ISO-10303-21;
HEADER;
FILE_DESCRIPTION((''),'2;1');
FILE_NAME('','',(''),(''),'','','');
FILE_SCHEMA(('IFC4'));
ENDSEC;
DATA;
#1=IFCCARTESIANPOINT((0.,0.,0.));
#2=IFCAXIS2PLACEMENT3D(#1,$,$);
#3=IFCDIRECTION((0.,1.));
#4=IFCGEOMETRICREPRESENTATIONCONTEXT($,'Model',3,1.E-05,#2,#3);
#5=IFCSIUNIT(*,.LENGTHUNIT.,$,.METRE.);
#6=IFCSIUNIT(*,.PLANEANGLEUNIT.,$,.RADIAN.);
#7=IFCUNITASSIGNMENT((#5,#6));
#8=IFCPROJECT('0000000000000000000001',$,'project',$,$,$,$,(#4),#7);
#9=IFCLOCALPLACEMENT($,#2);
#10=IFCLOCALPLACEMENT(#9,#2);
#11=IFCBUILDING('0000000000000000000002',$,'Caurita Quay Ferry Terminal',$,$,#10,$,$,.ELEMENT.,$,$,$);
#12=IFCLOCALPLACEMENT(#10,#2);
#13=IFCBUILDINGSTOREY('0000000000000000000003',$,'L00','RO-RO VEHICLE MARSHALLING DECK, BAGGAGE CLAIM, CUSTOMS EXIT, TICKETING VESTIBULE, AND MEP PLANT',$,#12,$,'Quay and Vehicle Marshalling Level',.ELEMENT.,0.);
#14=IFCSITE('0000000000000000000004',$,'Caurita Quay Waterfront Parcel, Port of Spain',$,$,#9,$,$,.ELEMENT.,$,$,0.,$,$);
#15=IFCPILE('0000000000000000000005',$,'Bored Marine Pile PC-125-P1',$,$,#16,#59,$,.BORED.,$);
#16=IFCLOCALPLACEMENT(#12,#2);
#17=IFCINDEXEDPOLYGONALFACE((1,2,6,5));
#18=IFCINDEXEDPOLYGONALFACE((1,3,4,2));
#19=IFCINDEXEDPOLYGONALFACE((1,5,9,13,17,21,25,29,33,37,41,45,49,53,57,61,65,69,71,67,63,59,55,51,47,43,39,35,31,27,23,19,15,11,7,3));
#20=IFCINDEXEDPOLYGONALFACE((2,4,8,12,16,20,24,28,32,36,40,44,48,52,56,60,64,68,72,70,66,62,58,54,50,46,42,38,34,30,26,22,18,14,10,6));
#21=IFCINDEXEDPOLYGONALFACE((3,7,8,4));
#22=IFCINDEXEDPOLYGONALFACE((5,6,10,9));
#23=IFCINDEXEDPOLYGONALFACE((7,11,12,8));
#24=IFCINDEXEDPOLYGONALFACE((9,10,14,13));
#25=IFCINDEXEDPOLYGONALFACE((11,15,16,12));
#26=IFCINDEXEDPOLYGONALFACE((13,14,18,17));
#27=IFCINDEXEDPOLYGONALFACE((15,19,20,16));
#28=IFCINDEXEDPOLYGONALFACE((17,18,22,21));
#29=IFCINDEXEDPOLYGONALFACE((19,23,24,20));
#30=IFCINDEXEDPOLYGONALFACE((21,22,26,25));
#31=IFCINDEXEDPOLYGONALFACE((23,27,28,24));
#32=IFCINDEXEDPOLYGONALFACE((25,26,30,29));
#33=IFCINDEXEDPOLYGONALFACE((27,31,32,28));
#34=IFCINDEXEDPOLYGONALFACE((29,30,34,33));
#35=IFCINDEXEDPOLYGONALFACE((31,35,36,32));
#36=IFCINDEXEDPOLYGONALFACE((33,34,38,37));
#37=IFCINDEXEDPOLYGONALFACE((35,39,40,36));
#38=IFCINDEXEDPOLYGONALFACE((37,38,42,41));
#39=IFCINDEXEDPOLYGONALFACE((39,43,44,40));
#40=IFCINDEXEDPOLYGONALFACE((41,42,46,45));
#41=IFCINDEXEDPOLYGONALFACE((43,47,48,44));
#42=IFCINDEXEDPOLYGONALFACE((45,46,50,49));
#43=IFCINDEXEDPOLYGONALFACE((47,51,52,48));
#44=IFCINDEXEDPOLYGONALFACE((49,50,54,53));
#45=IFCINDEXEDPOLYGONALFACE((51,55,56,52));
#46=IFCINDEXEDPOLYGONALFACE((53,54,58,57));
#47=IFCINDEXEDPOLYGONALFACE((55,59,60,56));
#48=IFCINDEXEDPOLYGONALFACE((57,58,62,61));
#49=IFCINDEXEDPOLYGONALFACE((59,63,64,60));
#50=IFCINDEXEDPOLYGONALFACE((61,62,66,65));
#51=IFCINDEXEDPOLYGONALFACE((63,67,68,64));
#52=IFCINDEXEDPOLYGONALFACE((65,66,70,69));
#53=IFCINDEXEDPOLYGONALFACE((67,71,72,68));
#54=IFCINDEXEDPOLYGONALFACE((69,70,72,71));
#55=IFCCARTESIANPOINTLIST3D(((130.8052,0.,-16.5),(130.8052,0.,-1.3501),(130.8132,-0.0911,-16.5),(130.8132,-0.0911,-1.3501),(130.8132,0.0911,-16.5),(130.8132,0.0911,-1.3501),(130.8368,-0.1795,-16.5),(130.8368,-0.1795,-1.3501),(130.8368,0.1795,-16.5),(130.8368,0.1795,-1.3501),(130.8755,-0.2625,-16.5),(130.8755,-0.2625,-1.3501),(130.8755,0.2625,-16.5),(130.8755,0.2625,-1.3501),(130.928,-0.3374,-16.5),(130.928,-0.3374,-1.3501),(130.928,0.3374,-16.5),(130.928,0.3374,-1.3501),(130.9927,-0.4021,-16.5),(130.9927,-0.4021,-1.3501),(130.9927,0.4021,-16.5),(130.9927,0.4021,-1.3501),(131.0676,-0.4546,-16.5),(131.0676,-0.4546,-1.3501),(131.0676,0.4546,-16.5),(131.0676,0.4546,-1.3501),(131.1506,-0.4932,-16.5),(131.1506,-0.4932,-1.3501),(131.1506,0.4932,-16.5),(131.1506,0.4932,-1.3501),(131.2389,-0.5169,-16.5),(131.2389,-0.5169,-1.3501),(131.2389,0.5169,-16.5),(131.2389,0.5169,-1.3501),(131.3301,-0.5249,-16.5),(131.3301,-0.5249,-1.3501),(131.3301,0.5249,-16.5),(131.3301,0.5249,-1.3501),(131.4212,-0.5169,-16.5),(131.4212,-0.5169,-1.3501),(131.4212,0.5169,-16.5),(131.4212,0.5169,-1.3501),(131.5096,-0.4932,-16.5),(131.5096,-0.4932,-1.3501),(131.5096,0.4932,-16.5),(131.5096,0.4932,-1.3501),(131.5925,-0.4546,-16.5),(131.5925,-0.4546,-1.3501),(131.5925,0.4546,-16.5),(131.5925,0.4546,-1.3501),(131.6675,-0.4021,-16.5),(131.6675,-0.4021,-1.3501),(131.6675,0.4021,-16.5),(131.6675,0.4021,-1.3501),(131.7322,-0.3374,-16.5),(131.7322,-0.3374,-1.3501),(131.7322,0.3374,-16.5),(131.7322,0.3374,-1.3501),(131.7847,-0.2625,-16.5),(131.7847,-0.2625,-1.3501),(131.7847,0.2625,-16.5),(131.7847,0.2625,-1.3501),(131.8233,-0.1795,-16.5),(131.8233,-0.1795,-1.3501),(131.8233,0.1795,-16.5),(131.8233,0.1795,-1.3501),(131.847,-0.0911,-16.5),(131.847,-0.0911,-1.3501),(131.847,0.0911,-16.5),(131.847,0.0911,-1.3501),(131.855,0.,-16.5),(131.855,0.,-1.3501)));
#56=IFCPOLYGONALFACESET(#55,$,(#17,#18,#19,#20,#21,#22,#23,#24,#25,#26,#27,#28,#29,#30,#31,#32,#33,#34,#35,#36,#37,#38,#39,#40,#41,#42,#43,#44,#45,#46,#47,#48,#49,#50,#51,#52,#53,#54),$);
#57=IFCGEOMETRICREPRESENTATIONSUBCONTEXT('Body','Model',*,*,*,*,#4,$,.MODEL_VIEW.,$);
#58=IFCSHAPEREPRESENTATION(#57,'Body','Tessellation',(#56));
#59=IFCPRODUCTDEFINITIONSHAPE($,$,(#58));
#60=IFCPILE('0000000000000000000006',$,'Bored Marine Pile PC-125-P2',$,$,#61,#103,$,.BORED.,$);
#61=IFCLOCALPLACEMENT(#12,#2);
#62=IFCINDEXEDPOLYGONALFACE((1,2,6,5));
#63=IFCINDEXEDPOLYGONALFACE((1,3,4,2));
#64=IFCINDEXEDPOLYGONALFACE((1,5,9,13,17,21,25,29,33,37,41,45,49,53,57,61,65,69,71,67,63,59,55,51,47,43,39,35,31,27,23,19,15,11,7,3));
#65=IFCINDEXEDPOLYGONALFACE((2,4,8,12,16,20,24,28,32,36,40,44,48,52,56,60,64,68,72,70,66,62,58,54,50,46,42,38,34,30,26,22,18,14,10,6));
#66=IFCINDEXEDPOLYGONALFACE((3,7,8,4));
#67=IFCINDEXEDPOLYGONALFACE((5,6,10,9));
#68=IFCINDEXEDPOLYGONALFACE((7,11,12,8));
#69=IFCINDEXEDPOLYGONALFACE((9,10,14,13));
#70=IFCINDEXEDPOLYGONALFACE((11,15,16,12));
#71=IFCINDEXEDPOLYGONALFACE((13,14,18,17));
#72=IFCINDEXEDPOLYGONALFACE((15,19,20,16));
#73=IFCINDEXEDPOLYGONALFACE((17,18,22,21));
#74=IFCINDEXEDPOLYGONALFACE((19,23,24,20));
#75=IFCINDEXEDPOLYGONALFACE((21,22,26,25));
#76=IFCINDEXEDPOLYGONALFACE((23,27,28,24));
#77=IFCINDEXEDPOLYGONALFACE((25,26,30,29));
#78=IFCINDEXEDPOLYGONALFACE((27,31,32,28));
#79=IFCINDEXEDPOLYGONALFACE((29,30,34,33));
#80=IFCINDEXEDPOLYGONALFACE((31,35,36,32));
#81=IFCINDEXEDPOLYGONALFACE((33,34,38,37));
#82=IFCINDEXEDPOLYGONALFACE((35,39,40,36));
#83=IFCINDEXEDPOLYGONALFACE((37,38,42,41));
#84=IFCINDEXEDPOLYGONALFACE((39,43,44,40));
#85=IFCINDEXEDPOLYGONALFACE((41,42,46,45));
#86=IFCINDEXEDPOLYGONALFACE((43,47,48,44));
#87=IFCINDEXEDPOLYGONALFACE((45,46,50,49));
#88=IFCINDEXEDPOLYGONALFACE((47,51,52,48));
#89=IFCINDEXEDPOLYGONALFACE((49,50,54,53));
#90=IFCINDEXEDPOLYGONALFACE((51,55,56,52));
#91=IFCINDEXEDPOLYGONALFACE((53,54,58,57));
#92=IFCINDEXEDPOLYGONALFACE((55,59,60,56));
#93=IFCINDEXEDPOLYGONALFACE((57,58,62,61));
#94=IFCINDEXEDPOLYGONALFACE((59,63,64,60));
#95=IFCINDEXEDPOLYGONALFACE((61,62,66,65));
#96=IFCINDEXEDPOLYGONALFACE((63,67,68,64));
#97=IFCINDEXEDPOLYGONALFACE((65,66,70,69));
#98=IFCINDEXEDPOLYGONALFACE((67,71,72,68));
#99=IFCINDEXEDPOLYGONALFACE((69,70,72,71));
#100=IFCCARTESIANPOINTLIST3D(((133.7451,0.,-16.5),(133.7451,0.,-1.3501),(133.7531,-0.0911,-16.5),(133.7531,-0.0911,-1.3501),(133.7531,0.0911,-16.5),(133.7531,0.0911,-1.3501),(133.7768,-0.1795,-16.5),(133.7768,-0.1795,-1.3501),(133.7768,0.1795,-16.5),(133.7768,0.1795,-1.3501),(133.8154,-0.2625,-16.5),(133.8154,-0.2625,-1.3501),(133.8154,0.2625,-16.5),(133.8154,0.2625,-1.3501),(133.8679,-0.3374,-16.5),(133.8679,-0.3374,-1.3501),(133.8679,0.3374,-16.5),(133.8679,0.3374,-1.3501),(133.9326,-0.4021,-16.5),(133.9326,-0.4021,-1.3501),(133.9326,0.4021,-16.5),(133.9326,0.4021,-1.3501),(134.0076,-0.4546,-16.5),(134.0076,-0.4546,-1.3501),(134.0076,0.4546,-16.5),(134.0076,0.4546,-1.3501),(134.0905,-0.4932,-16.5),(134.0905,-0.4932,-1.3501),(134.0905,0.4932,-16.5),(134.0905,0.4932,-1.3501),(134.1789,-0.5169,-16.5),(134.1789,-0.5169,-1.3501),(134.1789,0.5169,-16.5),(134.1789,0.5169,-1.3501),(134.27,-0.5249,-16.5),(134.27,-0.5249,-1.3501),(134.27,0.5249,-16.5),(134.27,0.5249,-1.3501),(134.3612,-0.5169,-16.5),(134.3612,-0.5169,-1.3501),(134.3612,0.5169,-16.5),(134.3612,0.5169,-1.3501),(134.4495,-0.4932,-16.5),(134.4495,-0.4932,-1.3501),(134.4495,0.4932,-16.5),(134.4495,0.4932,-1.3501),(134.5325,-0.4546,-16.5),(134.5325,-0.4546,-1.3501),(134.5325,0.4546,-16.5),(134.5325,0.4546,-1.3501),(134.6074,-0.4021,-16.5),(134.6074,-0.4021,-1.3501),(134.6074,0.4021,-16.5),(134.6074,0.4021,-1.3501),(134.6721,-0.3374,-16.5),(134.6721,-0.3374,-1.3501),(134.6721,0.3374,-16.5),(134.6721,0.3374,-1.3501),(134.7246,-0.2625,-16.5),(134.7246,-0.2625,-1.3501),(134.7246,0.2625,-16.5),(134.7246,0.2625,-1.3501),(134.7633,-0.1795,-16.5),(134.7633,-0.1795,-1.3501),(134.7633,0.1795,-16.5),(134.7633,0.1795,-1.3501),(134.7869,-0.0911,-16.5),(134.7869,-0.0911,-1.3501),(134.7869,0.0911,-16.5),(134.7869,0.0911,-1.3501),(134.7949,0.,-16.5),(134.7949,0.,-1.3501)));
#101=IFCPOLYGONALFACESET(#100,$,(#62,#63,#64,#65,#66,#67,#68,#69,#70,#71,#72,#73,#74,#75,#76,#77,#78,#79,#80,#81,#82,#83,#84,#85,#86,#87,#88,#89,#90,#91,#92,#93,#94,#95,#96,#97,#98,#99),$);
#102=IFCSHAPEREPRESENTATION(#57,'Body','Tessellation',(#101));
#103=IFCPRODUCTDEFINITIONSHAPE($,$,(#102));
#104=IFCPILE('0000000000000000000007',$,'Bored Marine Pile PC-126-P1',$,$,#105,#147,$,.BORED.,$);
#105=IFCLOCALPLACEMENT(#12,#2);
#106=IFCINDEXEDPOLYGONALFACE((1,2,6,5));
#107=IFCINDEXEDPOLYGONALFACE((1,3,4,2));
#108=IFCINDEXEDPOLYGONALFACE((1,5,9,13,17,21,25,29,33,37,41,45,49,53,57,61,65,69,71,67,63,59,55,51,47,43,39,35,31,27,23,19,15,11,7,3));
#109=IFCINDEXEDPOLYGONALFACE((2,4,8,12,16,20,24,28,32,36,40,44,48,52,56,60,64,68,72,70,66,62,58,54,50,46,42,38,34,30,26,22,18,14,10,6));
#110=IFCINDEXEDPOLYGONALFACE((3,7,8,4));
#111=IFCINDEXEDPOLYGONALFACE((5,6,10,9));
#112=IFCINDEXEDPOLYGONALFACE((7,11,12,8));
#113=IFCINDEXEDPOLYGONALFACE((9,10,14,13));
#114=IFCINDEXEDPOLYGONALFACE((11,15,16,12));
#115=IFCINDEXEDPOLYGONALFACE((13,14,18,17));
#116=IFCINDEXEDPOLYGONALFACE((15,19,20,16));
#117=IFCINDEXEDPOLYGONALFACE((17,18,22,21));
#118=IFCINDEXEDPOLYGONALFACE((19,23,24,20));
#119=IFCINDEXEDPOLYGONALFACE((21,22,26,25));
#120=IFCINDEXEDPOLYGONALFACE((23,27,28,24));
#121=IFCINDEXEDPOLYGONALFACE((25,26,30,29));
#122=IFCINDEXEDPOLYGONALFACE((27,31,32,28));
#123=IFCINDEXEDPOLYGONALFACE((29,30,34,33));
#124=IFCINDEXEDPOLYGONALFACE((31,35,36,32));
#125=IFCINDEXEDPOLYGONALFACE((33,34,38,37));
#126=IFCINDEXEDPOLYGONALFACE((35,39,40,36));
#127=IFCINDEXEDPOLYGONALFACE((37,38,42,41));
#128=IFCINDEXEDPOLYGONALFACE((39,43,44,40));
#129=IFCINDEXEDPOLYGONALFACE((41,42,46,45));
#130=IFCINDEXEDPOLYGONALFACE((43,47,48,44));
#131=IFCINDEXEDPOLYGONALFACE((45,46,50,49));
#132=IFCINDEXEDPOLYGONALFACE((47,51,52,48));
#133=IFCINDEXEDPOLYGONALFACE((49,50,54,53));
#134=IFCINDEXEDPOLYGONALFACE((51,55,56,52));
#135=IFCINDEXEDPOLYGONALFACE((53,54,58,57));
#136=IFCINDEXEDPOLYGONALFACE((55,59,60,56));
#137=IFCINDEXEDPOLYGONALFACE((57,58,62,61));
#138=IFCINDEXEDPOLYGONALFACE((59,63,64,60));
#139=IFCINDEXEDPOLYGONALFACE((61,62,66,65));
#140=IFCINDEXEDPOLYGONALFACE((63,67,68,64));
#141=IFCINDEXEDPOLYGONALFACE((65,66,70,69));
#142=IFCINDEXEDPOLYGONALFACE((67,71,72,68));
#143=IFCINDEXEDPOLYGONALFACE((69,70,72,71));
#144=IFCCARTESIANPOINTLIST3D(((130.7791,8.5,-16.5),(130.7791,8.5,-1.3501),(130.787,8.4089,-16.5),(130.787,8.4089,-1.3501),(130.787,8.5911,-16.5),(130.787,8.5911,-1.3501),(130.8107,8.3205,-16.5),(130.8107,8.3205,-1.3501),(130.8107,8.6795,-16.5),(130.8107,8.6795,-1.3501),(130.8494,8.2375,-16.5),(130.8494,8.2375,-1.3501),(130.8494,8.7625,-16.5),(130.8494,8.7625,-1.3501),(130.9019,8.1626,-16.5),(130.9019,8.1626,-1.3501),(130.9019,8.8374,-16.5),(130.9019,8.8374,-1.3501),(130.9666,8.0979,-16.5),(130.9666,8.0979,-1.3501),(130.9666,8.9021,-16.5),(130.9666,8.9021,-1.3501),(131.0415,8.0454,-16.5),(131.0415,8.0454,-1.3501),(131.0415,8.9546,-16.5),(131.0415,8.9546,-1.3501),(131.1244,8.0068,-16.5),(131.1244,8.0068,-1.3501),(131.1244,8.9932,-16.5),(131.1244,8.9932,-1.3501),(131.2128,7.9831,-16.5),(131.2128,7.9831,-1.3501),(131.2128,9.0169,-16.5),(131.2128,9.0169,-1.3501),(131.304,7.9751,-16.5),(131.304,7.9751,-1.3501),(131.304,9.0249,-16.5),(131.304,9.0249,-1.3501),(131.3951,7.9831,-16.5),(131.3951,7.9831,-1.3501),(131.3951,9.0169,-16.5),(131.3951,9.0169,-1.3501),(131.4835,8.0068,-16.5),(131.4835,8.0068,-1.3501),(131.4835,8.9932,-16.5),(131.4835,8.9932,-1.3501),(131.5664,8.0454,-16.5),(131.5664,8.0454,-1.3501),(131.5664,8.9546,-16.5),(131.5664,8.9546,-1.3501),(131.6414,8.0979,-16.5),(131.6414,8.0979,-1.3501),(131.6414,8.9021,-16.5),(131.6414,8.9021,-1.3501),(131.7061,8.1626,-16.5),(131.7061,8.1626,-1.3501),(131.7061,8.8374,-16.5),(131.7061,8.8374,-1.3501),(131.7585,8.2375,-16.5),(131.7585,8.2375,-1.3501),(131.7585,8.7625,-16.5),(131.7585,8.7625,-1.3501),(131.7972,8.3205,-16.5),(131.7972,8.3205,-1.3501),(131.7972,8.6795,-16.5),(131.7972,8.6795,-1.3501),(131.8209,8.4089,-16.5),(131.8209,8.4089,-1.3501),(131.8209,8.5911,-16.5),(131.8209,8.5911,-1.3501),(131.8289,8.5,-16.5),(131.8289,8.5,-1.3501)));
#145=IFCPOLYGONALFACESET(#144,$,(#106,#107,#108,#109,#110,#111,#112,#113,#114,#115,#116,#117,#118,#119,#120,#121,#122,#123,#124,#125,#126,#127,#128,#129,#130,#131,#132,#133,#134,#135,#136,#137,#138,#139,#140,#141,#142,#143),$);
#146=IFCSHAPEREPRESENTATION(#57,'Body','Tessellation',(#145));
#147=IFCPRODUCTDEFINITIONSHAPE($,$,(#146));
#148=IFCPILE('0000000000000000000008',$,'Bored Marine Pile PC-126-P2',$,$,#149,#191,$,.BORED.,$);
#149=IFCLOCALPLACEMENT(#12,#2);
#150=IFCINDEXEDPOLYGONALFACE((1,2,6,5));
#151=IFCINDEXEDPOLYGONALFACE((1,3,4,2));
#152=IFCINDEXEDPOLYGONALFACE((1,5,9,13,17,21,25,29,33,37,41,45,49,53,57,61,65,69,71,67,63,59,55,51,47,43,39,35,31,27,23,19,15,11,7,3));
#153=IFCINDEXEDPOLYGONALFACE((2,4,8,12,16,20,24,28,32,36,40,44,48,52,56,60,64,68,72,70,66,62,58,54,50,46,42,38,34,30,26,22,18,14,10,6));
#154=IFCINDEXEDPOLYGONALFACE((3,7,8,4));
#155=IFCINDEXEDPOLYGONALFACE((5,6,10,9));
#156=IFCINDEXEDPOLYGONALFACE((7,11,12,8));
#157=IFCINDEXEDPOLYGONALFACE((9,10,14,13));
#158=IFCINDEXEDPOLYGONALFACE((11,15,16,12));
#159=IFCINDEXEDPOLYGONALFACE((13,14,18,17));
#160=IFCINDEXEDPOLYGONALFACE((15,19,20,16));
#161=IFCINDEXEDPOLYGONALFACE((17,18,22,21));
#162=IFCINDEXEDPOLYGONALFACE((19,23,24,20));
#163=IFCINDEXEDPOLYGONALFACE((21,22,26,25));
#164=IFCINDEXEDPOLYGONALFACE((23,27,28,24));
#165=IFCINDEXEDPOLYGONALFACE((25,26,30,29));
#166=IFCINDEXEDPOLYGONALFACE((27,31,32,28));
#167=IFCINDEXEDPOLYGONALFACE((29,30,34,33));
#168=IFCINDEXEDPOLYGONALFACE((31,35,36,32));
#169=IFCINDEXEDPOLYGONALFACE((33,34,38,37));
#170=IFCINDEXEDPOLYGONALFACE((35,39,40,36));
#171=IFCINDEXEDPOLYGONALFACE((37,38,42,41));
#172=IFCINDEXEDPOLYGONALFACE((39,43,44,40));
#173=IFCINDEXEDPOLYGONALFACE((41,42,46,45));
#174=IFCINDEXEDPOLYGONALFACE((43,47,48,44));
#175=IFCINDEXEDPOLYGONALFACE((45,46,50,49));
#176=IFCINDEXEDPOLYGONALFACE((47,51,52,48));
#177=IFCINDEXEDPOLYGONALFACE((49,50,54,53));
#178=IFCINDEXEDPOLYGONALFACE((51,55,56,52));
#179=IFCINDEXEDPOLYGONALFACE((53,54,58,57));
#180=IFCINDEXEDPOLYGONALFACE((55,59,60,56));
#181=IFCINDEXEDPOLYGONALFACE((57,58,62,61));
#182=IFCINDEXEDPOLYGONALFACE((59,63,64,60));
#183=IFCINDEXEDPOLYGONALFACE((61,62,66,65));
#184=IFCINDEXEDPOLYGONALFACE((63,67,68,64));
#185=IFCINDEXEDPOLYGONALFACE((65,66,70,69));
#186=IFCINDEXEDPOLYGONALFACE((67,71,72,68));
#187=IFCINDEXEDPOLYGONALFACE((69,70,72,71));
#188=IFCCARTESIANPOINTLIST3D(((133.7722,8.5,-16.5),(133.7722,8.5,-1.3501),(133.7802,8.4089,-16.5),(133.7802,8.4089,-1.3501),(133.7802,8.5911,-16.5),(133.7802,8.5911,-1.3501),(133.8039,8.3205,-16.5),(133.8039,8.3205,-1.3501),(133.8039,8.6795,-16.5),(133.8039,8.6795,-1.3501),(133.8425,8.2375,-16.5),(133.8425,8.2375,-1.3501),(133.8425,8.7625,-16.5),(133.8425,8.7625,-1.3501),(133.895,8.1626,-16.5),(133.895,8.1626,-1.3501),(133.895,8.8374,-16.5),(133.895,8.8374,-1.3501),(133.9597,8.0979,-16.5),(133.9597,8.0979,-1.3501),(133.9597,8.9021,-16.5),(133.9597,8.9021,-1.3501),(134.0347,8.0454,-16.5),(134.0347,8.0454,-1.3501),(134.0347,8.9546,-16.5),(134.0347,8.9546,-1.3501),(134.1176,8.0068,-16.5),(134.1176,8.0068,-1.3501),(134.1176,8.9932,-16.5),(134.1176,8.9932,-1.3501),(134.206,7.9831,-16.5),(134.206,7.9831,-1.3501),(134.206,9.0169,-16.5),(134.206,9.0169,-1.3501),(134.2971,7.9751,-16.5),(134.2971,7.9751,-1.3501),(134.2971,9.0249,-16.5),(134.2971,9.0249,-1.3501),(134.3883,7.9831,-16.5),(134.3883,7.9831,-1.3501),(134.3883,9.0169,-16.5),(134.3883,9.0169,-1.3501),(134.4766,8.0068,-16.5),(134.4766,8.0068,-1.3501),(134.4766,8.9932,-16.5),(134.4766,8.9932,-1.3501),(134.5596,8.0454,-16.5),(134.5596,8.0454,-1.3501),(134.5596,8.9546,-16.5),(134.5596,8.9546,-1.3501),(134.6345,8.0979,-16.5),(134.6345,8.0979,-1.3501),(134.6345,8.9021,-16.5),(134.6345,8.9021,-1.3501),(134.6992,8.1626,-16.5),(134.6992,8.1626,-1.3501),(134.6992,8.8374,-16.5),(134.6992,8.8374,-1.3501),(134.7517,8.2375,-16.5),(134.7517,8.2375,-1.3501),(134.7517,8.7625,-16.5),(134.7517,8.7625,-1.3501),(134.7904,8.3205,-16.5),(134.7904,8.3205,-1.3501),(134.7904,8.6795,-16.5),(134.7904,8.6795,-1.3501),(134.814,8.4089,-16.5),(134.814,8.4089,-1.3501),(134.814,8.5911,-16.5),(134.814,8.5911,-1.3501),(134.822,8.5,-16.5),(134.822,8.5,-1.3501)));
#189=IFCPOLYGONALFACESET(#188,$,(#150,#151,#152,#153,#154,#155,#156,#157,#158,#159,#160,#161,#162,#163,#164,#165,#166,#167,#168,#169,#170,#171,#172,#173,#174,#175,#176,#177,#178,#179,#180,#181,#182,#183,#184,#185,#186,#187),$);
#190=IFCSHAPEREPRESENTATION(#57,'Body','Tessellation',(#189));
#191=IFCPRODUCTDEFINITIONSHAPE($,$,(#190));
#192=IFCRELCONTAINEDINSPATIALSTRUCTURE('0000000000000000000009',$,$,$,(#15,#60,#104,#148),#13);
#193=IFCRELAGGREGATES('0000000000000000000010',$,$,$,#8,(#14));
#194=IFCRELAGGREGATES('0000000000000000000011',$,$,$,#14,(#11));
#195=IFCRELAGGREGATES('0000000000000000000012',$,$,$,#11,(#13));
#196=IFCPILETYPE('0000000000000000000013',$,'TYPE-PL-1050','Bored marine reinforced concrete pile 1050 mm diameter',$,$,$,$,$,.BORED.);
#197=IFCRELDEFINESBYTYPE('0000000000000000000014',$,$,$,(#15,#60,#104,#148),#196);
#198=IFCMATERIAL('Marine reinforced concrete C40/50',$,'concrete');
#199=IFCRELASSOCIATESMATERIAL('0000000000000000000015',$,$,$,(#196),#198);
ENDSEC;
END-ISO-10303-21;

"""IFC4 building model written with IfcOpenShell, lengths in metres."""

from ifc_helpers import new_model, si_unit, direction, frame, origin, origin_2d, place, context, subcontext, project, spatial, circle, extrude, material, material_profile, profile_set, type_object, element, save


model = new_model("IFC4")

# Units and contexts
model_context = context("Model", 3, precision=1e-05, world=origin(), true_north=direction((0.0, 1.0)))
body_context = subcontext(model_context, "Body", "Model", "MODEL_VIEW")
ifc_project = project(units=[si_unit("LENGTHUNIT", "METRE"), si_unit("PLANEANGLEUNIT", "RADIAN")], contexts=[model_context])

# Site, building, storey
site_placement = place(None, origin())
site = spatial("IfcSite", under=ifc_project, at=site_placement, Name="Caurita Quay Waterfront Parcel, Port of Spain", CompositionType="ELEMENT", RefElevation=0.0)
building_placement = place(site_placement, origin())
building = spatial("IfcBuilding", under=site, at=building_placement, Name="Caurita Quay Ferry Terminal", CompositionType="ELEMENT")
storey_placement = place(building_placement, origin())
storey = spatial("IfcBuildingStorey", under=building, at=storey_placement, Name="L00", Description="RO-RO VEHICLE MARSHALLING DECK, BAGGAGE CLAIM, CUSTOMS EXIT, TICKETING VESTIBULE, AND MEP PLANT", LongName="Quay and Vehicle Marshalling Level", CompositionType="ELEMENT", Elevation=0.0)

# Piles
ifc_material_1 = material(Name="Marine reinforced concrete C40/50", Category="concrete")
ifc_material_profile_1 = material_profile(ifc_material_1, circle(Radius=0.5249, at=origin_2d()), Name="PILE-D1050")
ifc_profile_set_1 = profile_set([ifc_material_profile_1], Name="Marine reinforced concrete C40/50")
pile_type = type_object("IfcPileType", Name="TYPE-PL-1050", Description="Bored marine reinforced concrete pile 1050 mm diameter", PredefinedType="BORED", material=ifc_profile_set_1)
for number, where, z_axis, x_axis, name in (
    (1, (131.3301, 0.0, -1.3501), (0.0, 0.0, -1.0), (1.0, 0.0, 0.0), "Bored Marine Pile PC-125-P1"),
    (2, (134.27, 0.0, -1.3501), (0.0, 0.0, -1.0), (1.0, 0.0, 0.0), "Bored Marine Pile PC-125-P2"),
    (3, (131.304, 8.5, -1.3501), (0.0, 0.0, -1.0), (1.0, 0.0, 0.0), "Bored Marine Pile PC-126-P1"),
    (4, (134.2971, 8.5, -1.3501), (0.0, 0.0, -1.0), (1.0, 0.0, 0.0), "Bored Marine Pile PC-126-P2"),
):
    element("IfcPile", number, at=place(storey_placement, frame(where, z_axis=z_axis, x_axis=x_axis)), inside=storey, type_object=pile_type, Name=name, PredefinedType="BORED", context=body_context, shape_type="SweptSolid", body=[
        extrude(circle(Radius=0.5249, at=origin_2d()), origin(), (0.0, 0.0, 1.0), 15.1499),
    ])

save(model, "model.ifc")
